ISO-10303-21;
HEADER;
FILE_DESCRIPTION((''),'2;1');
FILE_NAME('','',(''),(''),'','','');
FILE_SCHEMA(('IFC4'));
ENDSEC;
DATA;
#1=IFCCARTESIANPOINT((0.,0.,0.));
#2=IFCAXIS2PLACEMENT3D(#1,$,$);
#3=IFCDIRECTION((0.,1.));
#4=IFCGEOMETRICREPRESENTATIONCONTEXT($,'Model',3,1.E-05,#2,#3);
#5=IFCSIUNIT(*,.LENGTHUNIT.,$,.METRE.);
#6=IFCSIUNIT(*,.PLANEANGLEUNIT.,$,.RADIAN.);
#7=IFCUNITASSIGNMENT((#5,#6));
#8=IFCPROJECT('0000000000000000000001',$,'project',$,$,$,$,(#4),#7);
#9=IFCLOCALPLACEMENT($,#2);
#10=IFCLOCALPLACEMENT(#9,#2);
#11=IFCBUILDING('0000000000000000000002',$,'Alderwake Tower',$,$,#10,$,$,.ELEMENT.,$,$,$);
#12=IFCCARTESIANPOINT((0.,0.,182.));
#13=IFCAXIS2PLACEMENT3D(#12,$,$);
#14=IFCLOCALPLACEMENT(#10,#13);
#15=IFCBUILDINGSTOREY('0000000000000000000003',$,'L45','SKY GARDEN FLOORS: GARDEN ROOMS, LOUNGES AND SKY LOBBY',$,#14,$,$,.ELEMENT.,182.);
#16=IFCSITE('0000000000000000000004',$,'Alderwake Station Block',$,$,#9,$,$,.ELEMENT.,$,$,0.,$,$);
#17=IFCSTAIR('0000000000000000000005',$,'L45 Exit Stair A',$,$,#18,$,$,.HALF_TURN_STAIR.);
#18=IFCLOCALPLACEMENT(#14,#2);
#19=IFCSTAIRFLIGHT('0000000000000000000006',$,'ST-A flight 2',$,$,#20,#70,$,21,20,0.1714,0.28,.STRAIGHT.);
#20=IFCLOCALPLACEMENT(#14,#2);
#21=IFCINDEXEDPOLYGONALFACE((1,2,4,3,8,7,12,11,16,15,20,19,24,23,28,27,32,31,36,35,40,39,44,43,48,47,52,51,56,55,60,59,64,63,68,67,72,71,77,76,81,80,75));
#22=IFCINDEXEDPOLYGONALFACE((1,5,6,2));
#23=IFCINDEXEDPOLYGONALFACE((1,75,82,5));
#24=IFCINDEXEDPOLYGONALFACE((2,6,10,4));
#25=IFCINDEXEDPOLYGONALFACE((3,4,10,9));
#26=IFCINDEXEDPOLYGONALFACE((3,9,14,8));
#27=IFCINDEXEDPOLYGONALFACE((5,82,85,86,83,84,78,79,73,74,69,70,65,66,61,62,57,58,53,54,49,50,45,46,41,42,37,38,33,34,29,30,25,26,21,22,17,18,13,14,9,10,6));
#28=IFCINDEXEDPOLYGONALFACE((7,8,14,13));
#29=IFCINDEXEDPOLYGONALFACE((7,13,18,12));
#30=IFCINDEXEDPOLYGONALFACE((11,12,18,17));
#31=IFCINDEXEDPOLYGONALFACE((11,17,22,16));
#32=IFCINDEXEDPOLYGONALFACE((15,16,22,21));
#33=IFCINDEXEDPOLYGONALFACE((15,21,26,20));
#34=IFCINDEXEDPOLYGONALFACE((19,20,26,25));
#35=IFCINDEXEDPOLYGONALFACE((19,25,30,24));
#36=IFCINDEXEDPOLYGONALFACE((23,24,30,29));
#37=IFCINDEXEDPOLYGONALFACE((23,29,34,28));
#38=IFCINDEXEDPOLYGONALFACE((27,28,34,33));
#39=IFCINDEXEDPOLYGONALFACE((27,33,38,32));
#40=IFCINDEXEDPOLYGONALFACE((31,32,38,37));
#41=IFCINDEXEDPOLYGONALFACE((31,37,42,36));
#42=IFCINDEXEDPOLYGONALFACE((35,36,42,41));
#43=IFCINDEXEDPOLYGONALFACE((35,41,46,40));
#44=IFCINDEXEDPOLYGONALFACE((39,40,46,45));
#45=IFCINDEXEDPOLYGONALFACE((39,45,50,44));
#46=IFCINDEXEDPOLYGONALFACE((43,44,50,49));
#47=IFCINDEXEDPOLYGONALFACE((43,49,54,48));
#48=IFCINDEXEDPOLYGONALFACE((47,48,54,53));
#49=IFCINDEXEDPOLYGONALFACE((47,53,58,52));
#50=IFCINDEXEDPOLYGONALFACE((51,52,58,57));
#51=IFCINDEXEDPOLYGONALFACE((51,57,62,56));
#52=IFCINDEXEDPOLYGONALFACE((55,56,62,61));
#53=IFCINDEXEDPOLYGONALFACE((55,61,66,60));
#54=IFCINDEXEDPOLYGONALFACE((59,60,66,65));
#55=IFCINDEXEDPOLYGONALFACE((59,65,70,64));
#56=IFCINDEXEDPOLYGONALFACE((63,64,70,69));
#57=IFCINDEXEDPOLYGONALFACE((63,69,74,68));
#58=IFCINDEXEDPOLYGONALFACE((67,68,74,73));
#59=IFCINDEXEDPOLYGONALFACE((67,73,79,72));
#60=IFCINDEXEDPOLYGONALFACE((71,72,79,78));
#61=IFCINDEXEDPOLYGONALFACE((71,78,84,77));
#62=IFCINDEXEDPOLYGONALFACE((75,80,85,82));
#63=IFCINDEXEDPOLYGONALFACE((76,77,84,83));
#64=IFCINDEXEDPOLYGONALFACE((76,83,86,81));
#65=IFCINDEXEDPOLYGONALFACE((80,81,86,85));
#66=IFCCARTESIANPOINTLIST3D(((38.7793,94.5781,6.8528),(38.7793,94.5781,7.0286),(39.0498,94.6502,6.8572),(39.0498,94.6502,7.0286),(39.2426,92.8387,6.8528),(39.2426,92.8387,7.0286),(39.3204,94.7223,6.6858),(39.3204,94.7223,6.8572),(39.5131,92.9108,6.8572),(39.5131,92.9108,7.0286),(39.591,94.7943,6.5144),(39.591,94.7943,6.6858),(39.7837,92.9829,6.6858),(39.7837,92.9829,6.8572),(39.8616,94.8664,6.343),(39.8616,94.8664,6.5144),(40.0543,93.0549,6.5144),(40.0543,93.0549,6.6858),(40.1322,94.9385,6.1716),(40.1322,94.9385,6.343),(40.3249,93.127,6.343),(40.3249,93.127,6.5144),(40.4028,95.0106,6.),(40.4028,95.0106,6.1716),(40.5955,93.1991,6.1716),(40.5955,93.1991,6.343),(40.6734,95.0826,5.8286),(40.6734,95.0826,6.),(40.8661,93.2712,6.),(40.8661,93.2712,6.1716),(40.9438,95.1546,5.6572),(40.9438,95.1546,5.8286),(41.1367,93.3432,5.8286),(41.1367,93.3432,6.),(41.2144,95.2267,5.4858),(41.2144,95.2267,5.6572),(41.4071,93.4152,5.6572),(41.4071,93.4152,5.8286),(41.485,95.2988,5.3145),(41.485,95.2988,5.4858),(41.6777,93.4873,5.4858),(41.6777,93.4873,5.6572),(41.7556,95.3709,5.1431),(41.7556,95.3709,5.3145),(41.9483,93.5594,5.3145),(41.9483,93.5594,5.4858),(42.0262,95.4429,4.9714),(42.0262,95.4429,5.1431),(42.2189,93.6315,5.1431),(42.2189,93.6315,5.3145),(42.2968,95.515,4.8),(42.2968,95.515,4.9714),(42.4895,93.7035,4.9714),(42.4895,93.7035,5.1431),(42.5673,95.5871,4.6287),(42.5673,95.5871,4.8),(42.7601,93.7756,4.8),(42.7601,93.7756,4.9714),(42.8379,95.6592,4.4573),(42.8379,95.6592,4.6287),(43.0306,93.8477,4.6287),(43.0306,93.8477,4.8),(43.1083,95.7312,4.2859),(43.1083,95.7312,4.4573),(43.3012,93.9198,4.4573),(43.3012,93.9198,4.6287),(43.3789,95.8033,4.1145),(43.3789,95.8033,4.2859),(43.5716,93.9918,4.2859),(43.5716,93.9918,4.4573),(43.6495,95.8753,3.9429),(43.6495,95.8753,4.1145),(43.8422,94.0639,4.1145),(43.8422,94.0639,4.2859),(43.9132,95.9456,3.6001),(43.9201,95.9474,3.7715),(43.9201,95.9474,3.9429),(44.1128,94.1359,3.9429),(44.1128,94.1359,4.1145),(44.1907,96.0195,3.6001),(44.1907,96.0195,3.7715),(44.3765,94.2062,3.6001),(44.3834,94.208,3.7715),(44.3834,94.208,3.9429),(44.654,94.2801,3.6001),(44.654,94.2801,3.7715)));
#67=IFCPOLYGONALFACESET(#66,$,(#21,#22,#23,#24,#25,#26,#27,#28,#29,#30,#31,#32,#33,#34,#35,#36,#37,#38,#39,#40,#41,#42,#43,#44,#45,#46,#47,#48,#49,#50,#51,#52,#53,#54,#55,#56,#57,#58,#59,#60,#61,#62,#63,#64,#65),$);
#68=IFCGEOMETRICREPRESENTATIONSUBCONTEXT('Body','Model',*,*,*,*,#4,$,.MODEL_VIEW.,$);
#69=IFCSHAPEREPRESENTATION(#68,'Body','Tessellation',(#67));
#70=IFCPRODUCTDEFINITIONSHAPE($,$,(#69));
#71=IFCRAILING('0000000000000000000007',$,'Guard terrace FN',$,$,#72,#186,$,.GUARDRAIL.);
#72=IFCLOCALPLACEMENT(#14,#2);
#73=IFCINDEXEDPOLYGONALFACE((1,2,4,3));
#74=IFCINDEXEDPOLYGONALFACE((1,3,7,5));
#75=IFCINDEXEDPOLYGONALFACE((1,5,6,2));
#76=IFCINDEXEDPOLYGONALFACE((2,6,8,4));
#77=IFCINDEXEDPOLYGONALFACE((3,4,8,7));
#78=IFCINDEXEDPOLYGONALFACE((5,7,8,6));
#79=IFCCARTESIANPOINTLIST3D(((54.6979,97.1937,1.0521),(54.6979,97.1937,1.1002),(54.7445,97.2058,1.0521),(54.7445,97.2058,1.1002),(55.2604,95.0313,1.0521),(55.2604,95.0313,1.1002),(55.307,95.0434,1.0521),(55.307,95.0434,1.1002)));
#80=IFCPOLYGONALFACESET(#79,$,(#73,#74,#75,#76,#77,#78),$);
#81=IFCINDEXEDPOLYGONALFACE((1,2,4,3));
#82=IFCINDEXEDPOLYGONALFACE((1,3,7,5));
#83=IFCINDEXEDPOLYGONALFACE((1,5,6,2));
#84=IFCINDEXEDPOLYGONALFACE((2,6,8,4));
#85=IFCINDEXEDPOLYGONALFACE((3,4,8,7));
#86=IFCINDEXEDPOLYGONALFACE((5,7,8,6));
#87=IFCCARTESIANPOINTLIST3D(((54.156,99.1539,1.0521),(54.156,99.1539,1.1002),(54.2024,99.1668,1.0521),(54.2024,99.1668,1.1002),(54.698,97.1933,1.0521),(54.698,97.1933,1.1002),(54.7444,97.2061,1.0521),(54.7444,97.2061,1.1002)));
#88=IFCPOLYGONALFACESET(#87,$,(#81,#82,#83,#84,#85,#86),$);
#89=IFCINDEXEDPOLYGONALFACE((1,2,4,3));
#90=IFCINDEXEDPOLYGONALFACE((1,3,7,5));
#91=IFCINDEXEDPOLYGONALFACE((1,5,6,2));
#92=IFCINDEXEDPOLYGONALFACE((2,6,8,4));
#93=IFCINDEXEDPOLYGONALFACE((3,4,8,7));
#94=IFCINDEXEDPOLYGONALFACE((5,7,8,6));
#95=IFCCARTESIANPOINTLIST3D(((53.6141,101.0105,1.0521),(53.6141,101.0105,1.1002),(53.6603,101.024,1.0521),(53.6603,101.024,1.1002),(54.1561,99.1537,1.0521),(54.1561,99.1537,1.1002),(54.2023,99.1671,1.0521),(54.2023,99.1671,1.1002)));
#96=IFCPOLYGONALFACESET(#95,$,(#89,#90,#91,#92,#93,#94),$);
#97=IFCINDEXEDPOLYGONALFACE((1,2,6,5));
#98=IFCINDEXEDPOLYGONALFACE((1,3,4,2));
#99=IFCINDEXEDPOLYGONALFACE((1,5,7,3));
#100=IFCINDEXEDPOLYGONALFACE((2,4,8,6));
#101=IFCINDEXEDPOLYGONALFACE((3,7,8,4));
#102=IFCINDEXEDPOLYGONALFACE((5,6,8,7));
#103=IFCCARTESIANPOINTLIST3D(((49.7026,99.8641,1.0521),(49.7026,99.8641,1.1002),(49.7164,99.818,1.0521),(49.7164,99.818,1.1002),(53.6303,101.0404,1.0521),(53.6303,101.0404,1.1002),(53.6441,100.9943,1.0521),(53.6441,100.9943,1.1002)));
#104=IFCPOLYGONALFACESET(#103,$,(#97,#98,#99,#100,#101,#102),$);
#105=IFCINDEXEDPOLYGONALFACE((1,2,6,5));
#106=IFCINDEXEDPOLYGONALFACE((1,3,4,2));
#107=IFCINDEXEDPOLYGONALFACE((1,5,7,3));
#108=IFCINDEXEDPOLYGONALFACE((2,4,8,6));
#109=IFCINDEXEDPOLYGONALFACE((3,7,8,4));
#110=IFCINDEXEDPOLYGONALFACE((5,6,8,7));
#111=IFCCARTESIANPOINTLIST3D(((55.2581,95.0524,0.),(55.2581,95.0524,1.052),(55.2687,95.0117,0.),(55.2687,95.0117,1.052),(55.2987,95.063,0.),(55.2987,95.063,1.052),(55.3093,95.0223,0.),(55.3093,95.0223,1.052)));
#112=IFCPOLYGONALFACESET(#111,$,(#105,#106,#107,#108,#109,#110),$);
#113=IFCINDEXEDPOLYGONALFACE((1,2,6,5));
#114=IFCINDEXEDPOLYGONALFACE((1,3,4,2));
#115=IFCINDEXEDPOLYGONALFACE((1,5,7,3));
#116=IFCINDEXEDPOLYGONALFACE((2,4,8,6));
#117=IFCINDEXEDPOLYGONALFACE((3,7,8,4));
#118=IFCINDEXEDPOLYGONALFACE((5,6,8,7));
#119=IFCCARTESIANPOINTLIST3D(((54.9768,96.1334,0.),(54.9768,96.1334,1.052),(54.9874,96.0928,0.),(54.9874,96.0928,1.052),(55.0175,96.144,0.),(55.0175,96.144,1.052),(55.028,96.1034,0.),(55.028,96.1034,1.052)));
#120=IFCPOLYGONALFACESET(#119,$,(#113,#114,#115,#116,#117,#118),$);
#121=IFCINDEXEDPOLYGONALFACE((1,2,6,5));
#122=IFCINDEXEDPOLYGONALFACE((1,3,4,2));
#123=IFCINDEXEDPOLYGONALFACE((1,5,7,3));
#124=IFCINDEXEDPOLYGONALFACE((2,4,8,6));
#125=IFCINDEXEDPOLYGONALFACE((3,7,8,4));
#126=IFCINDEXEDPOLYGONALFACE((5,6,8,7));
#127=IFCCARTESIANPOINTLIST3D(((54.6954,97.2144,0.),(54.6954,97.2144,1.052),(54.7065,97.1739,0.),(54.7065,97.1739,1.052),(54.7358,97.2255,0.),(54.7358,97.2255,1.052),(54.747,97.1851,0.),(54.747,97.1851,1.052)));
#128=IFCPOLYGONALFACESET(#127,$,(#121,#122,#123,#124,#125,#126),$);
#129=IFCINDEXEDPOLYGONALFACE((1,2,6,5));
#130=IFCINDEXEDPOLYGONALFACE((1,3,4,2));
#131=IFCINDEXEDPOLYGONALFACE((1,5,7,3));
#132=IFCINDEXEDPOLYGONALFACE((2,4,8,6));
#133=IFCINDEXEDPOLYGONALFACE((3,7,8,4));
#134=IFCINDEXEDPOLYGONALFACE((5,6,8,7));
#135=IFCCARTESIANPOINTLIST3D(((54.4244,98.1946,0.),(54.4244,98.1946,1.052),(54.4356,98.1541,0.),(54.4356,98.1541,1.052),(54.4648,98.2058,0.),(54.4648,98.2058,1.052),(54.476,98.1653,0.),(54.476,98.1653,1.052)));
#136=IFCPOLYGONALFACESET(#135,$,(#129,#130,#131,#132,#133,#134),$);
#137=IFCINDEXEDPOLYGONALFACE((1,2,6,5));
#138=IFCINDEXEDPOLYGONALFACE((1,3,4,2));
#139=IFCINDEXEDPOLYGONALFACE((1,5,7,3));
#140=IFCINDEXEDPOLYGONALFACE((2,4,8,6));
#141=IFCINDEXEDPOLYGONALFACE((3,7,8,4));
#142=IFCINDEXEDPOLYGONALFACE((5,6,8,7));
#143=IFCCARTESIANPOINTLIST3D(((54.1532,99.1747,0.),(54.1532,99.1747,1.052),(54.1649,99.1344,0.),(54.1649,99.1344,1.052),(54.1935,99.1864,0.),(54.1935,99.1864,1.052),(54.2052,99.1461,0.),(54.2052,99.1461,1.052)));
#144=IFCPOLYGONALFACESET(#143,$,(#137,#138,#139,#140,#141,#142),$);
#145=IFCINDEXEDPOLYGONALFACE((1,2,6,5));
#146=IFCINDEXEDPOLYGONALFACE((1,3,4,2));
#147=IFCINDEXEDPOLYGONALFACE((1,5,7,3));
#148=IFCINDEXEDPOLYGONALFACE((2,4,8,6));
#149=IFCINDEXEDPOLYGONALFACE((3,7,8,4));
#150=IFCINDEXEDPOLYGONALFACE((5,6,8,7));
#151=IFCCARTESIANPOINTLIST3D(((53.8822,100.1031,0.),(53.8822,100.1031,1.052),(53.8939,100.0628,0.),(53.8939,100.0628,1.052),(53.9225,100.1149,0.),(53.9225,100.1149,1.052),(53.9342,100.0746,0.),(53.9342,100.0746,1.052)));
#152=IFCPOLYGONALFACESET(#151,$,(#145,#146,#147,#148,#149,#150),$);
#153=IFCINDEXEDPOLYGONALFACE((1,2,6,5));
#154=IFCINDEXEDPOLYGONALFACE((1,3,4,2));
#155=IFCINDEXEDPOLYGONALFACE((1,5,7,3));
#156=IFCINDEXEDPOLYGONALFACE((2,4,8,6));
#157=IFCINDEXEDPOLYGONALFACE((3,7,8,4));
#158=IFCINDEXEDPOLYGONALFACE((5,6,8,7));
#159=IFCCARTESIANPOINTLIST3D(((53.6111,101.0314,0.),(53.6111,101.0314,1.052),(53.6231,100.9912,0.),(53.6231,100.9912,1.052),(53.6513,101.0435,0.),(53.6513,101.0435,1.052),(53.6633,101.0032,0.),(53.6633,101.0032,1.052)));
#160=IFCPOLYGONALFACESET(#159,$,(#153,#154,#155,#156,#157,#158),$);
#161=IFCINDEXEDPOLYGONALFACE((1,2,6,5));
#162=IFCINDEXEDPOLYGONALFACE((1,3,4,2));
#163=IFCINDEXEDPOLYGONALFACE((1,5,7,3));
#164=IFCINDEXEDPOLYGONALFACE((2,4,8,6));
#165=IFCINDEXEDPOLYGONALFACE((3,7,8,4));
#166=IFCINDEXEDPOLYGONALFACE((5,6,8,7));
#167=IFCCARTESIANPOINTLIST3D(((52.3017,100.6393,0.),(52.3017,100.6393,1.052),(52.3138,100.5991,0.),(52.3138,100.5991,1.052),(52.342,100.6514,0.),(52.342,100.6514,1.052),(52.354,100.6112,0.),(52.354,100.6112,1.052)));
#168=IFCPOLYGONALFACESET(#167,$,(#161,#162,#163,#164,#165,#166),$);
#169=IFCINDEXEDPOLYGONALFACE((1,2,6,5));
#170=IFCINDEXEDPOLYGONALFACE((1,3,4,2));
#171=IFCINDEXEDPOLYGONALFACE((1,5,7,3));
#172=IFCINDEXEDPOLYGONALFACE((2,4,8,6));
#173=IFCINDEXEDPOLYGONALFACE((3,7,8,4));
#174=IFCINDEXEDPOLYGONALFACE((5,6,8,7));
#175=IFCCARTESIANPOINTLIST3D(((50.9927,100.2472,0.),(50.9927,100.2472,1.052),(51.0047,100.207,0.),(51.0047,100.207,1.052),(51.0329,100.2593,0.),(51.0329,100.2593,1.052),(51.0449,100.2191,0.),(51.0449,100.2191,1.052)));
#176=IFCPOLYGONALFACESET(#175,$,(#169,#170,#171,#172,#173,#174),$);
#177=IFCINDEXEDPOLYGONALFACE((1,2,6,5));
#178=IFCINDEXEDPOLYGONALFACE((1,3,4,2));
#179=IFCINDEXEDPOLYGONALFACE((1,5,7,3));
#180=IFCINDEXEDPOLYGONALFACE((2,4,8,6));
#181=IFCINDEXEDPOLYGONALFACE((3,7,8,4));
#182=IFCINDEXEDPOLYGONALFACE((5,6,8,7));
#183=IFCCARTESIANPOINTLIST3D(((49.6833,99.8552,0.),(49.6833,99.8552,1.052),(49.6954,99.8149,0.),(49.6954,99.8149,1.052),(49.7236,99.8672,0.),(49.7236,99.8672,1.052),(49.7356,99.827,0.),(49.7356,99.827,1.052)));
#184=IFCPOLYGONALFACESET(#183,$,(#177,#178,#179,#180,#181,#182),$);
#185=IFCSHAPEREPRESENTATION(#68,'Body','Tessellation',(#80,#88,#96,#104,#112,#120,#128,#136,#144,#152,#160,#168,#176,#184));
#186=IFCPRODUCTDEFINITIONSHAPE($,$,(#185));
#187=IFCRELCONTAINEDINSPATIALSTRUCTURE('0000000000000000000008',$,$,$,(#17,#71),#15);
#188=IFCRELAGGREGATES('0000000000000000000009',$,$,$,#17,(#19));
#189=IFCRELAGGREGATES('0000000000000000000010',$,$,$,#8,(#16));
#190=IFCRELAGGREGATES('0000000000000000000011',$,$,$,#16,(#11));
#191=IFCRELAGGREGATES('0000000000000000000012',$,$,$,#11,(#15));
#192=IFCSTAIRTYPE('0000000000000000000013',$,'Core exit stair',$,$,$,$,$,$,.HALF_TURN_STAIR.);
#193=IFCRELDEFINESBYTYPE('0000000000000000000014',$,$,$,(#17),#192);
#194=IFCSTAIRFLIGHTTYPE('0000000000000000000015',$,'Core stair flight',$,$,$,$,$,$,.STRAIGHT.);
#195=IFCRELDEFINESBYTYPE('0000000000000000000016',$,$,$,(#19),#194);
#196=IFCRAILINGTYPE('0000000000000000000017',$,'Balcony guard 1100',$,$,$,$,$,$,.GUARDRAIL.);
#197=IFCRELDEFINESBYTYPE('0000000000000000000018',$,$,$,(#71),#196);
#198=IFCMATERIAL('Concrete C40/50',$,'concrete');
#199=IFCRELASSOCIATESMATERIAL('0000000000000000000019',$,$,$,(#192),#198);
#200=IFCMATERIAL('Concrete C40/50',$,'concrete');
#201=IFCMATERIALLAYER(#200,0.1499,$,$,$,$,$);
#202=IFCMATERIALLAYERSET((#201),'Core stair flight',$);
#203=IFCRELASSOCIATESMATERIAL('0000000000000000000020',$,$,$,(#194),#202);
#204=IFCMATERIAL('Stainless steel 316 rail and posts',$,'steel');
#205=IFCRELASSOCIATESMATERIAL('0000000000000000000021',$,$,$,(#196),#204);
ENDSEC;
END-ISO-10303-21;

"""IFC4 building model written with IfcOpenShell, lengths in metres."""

from ifc_helpers import new_model, si_unit, direction, frame, origin, origin_2d, place, context, subcontext, project, spatial, polyline, rectangle, outline, extrude, material, layer, layer_set, type_object, element, aggregate, save


model = new_model("IFC4")

# Units and contexts
model_context = context("Model", 3, precision=1e-05, world=origin(), true_north=direction((0.0, 1.0)))
body_context = subcontext(model_context, "Body", "Model", "MODEL_VIEW")
ifc_project = project(units=[si_unit("LENGTHUNIT", "METRE"), si_unit("PLANEANGLEUNIT", "RADIAN")], contexts=[model_context])

# Site, building, storey
site_placement = place(None, origin())
site = spatial("IfcSite", under=ifc_project, at=site_placement, Name="Alderwake Station Block", CompositionType="ELEMENT", RefElevation=0.0)
building_placement = place(site_placement, origin())
building = spatial("IfcBuilding", under=site, at=building_placement, Name="Alderwake Tower", CompositionType="ELEMENT")
storey_placement = place(building_placement, frame((0.0, 0.0, 182.0)))
storey = spatial("IfcBuildingStorey", under=building, at=storey_placement, Name="L45", Description="SKY GARDEN FLOORS: GARDEN ROOMS, LOUNGES AND SKY LOBBY", CompositionType="ELEMENT", Elevation=182.0)

# Stair, stair flight
ifc_material_1 = material(Name="Concrete C40/50", Category="concrete")
stair_type = type_object("IfcStairType", Name="Core exit stair", PredefinedType="HALF_TURN_STAIR", material=ifc_material_1)
stair_placement = place(storey_placement, origin())
stair = element("IfcStair", 1, at=stair_placement, inside=storey, type_object=stair_type, Name="L45 Exit Stair A", PredefinedType="HALF_TURN_STAIR")
ifc_material_2 = material(Name="Concrete C40/50", Category="concrete")
ifc_layer_1 = layer(ifc_material_2, 0.1499)
ifc_layer_set_1 = layer_set([ifc_layer_1], Name="Core stair flight")
stair_flight_type = type_object("IfcStairFlightType", Name="Core stair flight", PredefinedType="STRAIGHT", material=ifc_layer_set_1)
stair_flight_placement = place(storey_placement, frame((44.4224, 95.1497, 3.6001), z_axis=(0.0, 0.0, 1.0), x_axis=(-0.96631, -0.257382, 0.0)))
stair_flight = element("IfcStairFlight", 2, at=stair_flight_placement, type_object=stair_flight_type, Name="ST-A flight 2", NumberOfRisers=21, NumberOfTreads=20, PredefinedType="STRAIGHT", RiserHeight=0.1714, TreadLength=0.28, context=body_context, shape_type="SweptSolid", body=[
    extrude(outline(polyline([(0.0, 0.0), (0.0, 0.1714), (0.28, 0.1714), (0.28, 0.3428), (0.5601, 0.3428), (0.5601, 0.5144), (0.8401, 0.5144), (0.8401, 0.6858), (1.1201, 0.6858), (1.1201, 0.8572), (1.3999, 0.8572), (1.3999, 1.0286), (1.6799, 1.0286), (1.6799, 1.2), (1.96, 1.2), (1.96, 1.3713), (2.24, 1.3713), (2.24, 1.543), (2.52, 1.543), (2.52, 1.7144), (2.8, 1.7144), (2.8, 1.8857), (3.0801, 1.8857), (3.0801, 2.0571), (3.3601, 2.0571), (3.3601, 2.2285), (3.6399, 2.2285), (3.6399, 2.3999), (3.9199, 2.3999), (3.9199, 2.5715), (4.2, 2.5715), (4.2, 2.7429), (4.48, 2.7429), (4.48, 2.9143), (4.76, 2.9143), (4.76, 3.0857), (5.04, 3.0857), (5.04, 3.2571), (5.3201, 3.2571), (5.3201, 3.4285), (5.6001, 3.4285), (5.6001, 3.6001), (5.6001, 3.2527), (0.2871, 0.0), (0.0, 0.0)])), frame((0.0, 0.8999, 0.0), z_axis=(0.0, -1.0, 0.0), x_axis=(1.0, 0.0, 0.0)), (0.0, 0.0, 1.0), 1.8),
])
aggregate(stair, [stair_flight])

# Railing
ifc_material_3 = material(Name="Stainless steel 316 rail and posts", Category="steel")
railing_type_1 = type_object("IfcRailingType", Name="Balcony guard 1100", PredefinedType="GUARDRAIL", material=ifc_material_3)
railing_1_placement = place(storey_placement, frame((55.2837, 95.0374, 0.0)))
element("IfcRailing", 3, at=railing_1_placement, inside=storey, type_object=railing_type_1, Name="Guard terrace FN", PredefinedType="GUARDRAIL", context=body_context, shape_type="SweptSolid", body=[
    extrude(rectangle(XDim=0.0481, YDim=0.0481, at=origin_2d()), frame((0.0, 0.0, 1.0762), z_axis=(-0.251755, 0.967791, 0.0), x_axis=(-0.967791, -0.251755, 0.0)), (0.0, 0.0, 1.0), 2.2344),
    extrude(rectangle(XDim=0.0481, YDim=0.0481, at=origin_2d()), frame((-0.5625, 2.1624, 1.0762), z_axis=(-0.266437, 0.963852, 0.0), x_axis=(-0.963852, -0.266437, 0.0)), (0.0, 0.0, 1.0), 2.0342),
    extrude(rectangle(XDim=0.0481, YDim=0.0481, at=origin_2d()), frame((-1.1045, 4.123, 1.0762), z_axis=(-0.280184, 0.959946, 0.0), x_axis=(-0.959946, -0.280184, 0.0)), (0.0, 0.0, 1.0), 1.9343),
    extrude(rectangle(XDim=0.0481, YDim=0.0481, at=origin_2d()), frame((-1.6465, 5.98, 1.0762), z_axis=(-0.957964, -0.286889, 0.0), x_axis=(0.286889, -0.957964, 0.0)), (0.0, 0.0, 1.0), 4.1001),
    extrude(rectangle(XDim=0.042, YDim=0.042, at=origin_2d()), frame((0.0, 0.0, 0.0), z_axis=(0.0, 0.0, 1.0), x_axis=(-0.251755, 0.967791, 0.0)), (0.0, 0.0, 1.0), 1.052),
    extrude(rectangle(XDim=0.042, YDim=0.042, at=origin_2d()), frame((-0.2812, 1.0811, 0.0), z_axis=(0.0, 0.0, 1.0), x_axis=(-0.251755, 0.967791, 0.0)), (0.0, 0.0, 1.0), 1.052),
    extrude(rectangle(XDim=0.042, YDim=0.042, at=origin_2d()), frame((-0.5625, 2.1624, 0.0), z_axis=(0.0, 0.0, 1.0), x_axis=(-0.266437, 0.963852, 0.0)), (0.0, 0.0, 1.0), 1.052),
    extrude(rectangle(XDim=0.042, YDim=0.042, at=origin_2d()), frame((-0.8335, 3.1426, 0.0), z_axis=(0.0, 0.0, 1.0), x_axis=(-0.266437, 0.963852, 0.0)), (0.0, 0.0, 1.0), 1.052),
    extrude(rectangle(XDim=0.042, YDim=0.042, at=origin_2d()), frame((-1.1045, 4.123, 0.0), z_axis=(0.0, 0.0, 1.0), x_axis=(-0.280184, 0.959946, 0.0)), (0.0, 0.0, 1.0), 1.052),
    extrude(rectangle(XDim=0.042, YDim=0.042, at=origin_2d()), frame((-1.3755, 5.0515, 0.0), z_axis=(0.0, 0.0, 1.0), x_axis=(-0.280184, 0.959946, 0.0)), (0.0, 0.0, 1.0), 1.052),
    extrude(rectangle(XDim=0.042, YDim=0.042, at=origin_2d()), frame((-1.6465, 5.98, 0.0), z_axis=(0.0, 0.0, 1.0), x_axis=(-0.957964, -0.286889, 0.0)), (0.0, 0.0, 1.0), 1.052),
    extrude(rectangle(XDim=0.042, YDim=0.042, at=origin_2d()), frame((-2.9558, 5.5879, 0.0), z_axis=(0.0, 0.0, 1.0), x_axis=(-0.957964, -0.286889, 0.0)), (0.0, 0.0, 1.0), 1.052),
    extrude(rectangle(XDim=0.042, YDim=0.042, at=origin_2d()), frame((-4.2649, 5.1958, 0.0), z_axis=(0.0, 0.0, 1.0), x_axis=(-0.957964, -0.286889, 0.0)), (0.0, 0.0, 1.0), 1.052),
    extrude(rectangle(XDim=0.042, YDim=0.042, at=origin_2d()), frame((-5.5742, 4.8037, 0.0), z_axis=(0.0, 0.0, 1.0), x_axis=(-0.957964, -0.286889, 0.0)), (0.0, 0.0, 1.0), 1.052),
])

save(model, "model.ifc")
